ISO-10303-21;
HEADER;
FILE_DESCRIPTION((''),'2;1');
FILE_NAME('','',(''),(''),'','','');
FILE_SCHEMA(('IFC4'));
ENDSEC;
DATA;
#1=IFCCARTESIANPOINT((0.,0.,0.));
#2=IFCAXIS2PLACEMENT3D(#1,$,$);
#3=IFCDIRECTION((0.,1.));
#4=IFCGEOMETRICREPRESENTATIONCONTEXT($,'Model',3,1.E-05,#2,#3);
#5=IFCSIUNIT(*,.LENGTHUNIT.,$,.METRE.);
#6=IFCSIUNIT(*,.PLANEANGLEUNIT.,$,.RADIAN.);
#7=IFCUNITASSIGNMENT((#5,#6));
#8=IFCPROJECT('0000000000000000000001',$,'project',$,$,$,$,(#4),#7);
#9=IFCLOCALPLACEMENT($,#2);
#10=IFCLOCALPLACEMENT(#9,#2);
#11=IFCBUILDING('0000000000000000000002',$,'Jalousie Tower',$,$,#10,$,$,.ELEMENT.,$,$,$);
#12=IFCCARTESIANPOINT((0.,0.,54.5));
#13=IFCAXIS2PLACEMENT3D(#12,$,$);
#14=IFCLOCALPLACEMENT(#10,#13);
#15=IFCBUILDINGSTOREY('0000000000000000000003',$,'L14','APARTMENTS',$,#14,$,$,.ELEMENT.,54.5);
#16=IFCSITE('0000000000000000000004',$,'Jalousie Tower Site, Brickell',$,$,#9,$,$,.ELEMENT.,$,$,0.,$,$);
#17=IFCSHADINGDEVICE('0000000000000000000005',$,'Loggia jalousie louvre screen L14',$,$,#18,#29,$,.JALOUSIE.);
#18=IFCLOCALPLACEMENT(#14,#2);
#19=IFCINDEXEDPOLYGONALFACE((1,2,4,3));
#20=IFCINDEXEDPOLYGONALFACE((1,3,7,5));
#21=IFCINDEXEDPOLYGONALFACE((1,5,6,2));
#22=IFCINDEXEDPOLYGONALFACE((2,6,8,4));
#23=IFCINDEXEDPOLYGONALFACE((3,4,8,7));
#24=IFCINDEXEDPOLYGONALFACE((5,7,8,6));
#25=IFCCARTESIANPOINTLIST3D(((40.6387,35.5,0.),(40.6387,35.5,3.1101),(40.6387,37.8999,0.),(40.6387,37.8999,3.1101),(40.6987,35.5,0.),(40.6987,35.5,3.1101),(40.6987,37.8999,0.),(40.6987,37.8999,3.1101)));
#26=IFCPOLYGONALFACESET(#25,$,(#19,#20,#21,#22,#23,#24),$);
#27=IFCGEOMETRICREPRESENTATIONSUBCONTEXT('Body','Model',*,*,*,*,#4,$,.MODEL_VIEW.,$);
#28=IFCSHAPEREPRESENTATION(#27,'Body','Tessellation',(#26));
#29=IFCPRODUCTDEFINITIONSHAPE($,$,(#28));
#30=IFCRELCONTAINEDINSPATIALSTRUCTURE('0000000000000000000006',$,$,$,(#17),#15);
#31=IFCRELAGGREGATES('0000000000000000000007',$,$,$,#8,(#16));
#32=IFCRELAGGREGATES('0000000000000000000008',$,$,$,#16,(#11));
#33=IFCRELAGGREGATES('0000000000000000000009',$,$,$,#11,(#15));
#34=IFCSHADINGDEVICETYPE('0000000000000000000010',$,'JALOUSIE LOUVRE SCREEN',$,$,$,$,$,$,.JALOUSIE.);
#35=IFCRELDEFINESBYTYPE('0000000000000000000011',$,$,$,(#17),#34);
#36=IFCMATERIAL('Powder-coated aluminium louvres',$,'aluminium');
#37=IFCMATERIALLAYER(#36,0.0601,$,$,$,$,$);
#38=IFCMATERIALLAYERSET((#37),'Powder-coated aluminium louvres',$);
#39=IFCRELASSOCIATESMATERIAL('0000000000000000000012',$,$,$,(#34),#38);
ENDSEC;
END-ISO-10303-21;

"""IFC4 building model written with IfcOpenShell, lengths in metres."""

from ifc_helpers import new_model, si_unit, direction, frame, origin, origin_2d, place, context, subcontext, project, spatial, rectangle, extrude, material, layer, layer_set, type_object, element, save


model = new_model("IFC4")

# Units and contexts
model_context = context("Model", 3, precision=1e-05, world=origin(), true_north=direction((0.0, 1.0)))
body_context = subcontext(model_context, "Body", "Model", "MODEL_VIEW")
ifc_project = project(units=[si_unit("LENGTHUNIT", "METRE"), si_unit("PLANEANGLEUNIT", "RADIAN")], contexts=[model_context])

# Site, building, storey
site_placement = place(None, origin())
site = spatial("IfcSite", under=ifc_project, at=site_placement, Name="Jalousie Tower Site, Brickell", CompositionType="ELEMENT", RefElevation=0.0)
building_placement = place(site_placement, origin())
building = spatial("IfcBuilding", under=site, at=building_placement, Name="Jalousie Tower", CompositionType="ELEMENT")
storey_placement = place(building_placement, frame((0.0, 0.0, 54.5)))
storey = spatial("IfcBuildingStorey", under=building, at=storey_placement, Name="L14", Description="APARTMENTS", CompositionType="ELEMENT", Elevation=54.5)

# Shading device
ifc_material_1 = material(Name="Powder-coated aluminium louvres", Category="aluminium")
ifc_layer_1 = layer(ifc_material_1, 0.0601)
ifc_layer_set_1 = layer_set([ifc_layer_1], Name="Powder-coated aluminium louvres")
shading_device_type_1 = type_object("IfcShadingDeviceType", Name="JALOUSIE LOUVRE SCREEN", PredefinedType="JALOUSIE", material=ifc_layer_set_1)
shading_device_1_placement = place(storey_placement, frame((40.6687, 36.7, 0.0), z_axis=(0.0, 0.0, 1.0), x_axis=(-1.0, 0.0, 0.0)))
element("IfcShadingDevice", 1, at=shading_device_1_placement, inside=storey, type_object=shading_device_type_1, Name="Loggia jalousie louvre screen L14", PredefinedType="JALOUSIE", context=body_context, shape_type="SweptSolid", body=[
    extrude(rectangle(XDim=0.0601, YDim=2.3999, at=origin_2d()), origin(), (0.0, 0.0, 1.0), 3.1101),
])

save(model, "model.ifc")
